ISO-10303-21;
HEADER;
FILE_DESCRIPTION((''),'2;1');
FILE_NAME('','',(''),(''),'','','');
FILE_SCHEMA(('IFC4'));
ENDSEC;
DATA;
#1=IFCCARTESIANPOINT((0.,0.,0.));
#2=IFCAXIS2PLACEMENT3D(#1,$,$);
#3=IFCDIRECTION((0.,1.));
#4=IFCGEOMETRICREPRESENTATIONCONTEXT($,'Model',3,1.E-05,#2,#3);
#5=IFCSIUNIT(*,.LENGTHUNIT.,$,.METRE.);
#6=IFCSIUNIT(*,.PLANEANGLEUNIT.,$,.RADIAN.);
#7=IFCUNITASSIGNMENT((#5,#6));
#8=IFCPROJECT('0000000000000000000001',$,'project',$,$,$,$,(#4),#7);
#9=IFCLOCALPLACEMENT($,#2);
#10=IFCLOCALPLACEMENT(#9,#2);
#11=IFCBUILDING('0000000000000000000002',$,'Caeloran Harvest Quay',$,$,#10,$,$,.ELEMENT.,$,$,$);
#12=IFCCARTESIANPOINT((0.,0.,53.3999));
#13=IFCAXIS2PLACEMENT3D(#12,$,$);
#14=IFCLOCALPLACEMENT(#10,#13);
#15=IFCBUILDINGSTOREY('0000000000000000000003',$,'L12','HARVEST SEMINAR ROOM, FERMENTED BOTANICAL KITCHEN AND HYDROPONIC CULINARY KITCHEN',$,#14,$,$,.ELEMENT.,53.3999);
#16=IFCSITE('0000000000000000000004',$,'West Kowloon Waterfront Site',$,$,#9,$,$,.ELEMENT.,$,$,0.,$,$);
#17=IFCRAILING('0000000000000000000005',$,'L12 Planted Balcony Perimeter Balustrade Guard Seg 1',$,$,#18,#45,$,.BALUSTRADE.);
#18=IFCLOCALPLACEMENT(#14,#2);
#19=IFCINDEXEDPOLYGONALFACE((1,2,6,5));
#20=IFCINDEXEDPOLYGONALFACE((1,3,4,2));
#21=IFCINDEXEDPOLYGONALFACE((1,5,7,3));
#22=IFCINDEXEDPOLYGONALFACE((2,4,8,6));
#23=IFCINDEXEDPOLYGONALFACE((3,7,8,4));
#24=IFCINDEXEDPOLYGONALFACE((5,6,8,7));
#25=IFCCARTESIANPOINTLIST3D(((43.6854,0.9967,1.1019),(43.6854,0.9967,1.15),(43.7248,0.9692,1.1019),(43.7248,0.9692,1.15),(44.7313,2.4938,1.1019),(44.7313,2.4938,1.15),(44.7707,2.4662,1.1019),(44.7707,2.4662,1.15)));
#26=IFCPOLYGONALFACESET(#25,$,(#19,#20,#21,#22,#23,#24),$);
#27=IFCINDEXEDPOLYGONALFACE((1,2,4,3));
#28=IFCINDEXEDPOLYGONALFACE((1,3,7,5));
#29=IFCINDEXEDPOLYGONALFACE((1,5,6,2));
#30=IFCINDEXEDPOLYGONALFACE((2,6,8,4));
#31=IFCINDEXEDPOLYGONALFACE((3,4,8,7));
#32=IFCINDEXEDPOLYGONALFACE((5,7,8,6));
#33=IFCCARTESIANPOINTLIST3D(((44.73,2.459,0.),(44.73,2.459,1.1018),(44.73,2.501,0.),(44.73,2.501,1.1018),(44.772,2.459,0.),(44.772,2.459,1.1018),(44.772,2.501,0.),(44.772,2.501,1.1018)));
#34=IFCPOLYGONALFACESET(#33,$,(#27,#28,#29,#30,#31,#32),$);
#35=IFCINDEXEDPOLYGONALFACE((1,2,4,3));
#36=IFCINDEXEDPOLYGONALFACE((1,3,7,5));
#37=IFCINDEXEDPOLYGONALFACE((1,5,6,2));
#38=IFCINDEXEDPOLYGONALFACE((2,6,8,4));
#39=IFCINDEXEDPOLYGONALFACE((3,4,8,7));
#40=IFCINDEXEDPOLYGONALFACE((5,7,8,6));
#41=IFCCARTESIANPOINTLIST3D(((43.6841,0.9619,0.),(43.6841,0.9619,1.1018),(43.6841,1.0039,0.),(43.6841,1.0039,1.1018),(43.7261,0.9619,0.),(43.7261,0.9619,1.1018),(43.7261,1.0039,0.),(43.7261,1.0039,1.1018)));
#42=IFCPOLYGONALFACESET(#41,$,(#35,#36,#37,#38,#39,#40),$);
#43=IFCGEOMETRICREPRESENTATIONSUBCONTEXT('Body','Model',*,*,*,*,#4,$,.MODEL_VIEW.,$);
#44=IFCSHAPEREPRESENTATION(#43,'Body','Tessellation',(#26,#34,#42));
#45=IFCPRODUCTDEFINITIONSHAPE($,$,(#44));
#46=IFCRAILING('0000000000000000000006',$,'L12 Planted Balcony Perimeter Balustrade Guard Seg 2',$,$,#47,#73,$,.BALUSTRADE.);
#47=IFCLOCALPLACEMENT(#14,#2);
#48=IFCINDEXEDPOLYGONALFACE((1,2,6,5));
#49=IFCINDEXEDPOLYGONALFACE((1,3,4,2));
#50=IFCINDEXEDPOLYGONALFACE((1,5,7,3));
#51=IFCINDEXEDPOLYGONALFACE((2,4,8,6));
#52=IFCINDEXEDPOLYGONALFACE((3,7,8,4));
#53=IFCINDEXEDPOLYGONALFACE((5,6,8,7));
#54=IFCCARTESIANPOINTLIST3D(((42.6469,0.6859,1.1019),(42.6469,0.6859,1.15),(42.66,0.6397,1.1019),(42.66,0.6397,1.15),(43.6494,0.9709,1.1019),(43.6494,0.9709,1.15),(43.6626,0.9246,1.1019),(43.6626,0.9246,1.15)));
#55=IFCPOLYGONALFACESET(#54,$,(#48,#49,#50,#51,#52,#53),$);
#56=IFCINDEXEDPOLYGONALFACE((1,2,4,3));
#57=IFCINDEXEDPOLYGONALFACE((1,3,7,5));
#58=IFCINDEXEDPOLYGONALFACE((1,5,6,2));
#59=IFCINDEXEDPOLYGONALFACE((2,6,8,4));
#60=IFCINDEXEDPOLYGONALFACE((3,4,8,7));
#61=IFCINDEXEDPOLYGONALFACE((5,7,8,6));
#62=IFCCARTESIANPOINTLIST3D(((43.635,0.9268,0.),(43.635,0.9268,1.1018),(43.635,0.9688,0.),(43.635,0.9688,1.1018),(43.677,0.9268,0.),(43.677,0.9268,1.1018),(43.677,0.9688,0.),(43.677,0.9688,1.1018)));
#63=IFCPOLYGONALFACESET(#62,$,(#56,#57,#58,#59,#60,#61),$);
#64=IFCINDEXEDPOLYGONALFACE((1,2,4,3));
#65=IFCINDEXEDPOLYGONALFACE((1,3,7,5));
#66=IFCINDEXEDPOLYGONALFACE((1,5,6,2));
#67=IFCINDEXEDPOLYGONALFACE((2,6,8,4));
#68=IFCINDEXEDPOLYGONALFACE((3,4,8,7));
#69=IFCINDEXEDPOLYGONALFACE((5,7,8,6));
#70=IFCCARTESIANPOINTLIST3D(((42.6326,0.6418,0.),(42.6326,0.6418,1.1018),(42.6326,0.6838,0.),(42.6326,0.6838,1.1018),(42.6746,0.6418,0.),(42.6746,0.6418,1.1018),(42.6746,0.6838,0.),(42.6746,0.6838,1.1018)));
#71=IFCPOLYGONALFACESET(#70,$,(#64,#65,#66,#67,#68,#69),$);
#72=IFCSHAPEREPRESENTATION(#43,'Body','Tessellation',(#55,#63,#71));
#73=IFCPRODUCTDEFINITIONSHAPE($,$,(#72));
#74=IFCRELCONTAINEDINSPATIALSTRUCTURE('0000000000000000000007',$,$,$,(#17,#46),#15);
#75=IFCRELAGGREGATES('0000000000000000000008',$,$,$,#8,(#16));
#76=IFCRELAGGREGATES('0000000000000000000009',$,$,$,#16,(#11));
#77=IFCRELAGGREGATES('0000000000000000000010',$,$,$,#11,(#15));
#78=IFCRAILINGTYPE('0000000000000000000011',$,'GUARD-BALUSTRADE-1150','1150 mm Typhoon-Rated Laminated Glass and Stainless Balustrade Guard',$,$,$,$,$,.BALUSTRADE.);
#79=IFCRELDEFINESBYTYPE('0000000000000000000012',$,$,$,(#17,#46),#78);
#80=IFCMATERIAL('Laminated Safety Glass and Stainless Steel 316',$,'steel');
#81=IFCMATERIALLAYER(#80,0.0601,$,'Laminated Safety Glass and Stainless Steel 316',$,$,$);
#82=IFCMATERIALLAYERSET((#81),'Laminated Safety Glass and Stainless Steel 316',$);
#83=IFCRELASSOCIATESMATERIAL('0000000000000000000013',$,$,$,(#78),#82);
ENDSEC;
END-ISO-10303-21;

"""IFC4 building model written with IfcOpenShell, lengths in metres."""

from ifc_helpers import new_model, si_unit, direction, frame, origin, origin_2d, place, context, subcontext, project, spatial, rectangle, extrude, material, layer, layer_set, type_object, element, save


model = new_model("IFC4")

# Units and contexts
model_context = context("Model", 3, precision=1e-05, world=origin(), true_north=direction((0.0, 1.0)))
body_context = subcontext(model_context, "Body", "Model", "MODEL_VIEW")
ifc_project = project(units=[si_unit("LENGTHUNIT", "METRE"), si_unit("PLANEANGLEUNIT", "RADIAN")], contexts=[model_context])

# Site, building, storey
site_placement = place(None, origin())
site = spatial("IfcSite", under=ifc_project, at=site_placement, Name="West Kowloon Waterfront Site", CompositionType="ELEMENT", RefElevation=0.0)
building_placement = place(site_placement, origin())
building = spatial("IfcBuilding", under=site, at=building_placement, Name="Caeloran Harvest Quay", CompositionType="ELEMENT")
storey_placement = place(building_placement, frame((0.0, 0.0, 53.3999)))
storey = spatial("IfcBuildingStorey", under=building, at=storey_placement, Name="L12", Description="HARVEST SEMINAR ROOM, FERMENTED BOTANICAL KITCHEN AND HYDROPONIC CULINARY KITCHEN", CompositionType="ELEMENT", Elevation=53.3999)

# Railings
ifc_material_1 = material(Name="Laminated Safety Glass and Stainless Steel 316", Category="steel")
ifc_layer_1 = layer(ifc_material_1, 0.0601, Name="Laminated Safety Glass and Stainless Steel 316")
ifc_layer_set_1 = layer_set([ifc_layer_1], Name="Laminated Safety Glass and Stainless Steel 316")
railing_type = type_object("IfcRailingType", Name="GUARD-BALUSTRADE-1150", Description="1150 mm Typhoon-Rated Laminated Glass and Stainless Balustrade Guard", PredefinedType="BALUSTRADE", material=ifc_layer_set_1)
railing_1_placement = place(storey_placement, frame((44.751, 2.48, 0.0)))
element("IfcRailing", 1, at=railing_1_placement, inside=storey, type_object=railing_type, Name="L12 Planted Balcony Perimeter Balustrade Guard Seg 1", PredefinedType="BALUSTRADE", context=body_context, shape_type="SweptSolid", body=[
    extrude(rectangle(XDim=0.0481, YDim=0.0481, at=origin_2d()), frame((0.0, 0.0, 1.126), z_axis=(-0.572708, -0.819759, 0.0), x_axis=(0.819759, -0.572708, 0.0)), (0.0, 0.0, 1.0), 1.8262),
    extrude(rectangle(XDim=0.042, YDim=0.042, at=origin_2d()), origin(), (0.0, 0.0, 1.0), 1.1018),
    extrude(rectangle(XDim=0.042, YDim=0.042, at=origin_2d()), frame((-1.0459, -1.4971, 0.0)), (0.0, 0.0, 1.0), 1.1018),
])
railing_2_placement = place(storey_placement, frame((43.656, 0.9478, 0.0)))
element("IfcRailing", 2, at=railing_2_placement, inside=storey, type_object=railing_type, Name="L12 Planted Balcony Perimeter Balustrade Guard Seg 2", PredefinedType="BALUSTRADE", context=body_context, shape_type="SweptSolid", body=[
    extrude(rectangle(XDim=0.0481, YDim=0.0481, at=origin_2d()), frame((0.0, 0.0, 1.126), z_axis=(-0.961903, -0.27339, 0.0), x_axis=(0.27339, -0.961903, 0.0)), (0.0, 0.0, 1.0), 1.0422),
    extrude(rectangle(XDim=0.042, YDim=0.042, at=origin_2d()), origin(), (0.0, 0.0, 1.0), 1.1018),
    extrude(rectangle(XDim=0.042, YDim=0.042, at=origin_2d()), frame((-1.0024, -0.2849, 0.0)), (0.0, 0.0, 1.0), 1.1018),
])

save(model, "model.ifc")
